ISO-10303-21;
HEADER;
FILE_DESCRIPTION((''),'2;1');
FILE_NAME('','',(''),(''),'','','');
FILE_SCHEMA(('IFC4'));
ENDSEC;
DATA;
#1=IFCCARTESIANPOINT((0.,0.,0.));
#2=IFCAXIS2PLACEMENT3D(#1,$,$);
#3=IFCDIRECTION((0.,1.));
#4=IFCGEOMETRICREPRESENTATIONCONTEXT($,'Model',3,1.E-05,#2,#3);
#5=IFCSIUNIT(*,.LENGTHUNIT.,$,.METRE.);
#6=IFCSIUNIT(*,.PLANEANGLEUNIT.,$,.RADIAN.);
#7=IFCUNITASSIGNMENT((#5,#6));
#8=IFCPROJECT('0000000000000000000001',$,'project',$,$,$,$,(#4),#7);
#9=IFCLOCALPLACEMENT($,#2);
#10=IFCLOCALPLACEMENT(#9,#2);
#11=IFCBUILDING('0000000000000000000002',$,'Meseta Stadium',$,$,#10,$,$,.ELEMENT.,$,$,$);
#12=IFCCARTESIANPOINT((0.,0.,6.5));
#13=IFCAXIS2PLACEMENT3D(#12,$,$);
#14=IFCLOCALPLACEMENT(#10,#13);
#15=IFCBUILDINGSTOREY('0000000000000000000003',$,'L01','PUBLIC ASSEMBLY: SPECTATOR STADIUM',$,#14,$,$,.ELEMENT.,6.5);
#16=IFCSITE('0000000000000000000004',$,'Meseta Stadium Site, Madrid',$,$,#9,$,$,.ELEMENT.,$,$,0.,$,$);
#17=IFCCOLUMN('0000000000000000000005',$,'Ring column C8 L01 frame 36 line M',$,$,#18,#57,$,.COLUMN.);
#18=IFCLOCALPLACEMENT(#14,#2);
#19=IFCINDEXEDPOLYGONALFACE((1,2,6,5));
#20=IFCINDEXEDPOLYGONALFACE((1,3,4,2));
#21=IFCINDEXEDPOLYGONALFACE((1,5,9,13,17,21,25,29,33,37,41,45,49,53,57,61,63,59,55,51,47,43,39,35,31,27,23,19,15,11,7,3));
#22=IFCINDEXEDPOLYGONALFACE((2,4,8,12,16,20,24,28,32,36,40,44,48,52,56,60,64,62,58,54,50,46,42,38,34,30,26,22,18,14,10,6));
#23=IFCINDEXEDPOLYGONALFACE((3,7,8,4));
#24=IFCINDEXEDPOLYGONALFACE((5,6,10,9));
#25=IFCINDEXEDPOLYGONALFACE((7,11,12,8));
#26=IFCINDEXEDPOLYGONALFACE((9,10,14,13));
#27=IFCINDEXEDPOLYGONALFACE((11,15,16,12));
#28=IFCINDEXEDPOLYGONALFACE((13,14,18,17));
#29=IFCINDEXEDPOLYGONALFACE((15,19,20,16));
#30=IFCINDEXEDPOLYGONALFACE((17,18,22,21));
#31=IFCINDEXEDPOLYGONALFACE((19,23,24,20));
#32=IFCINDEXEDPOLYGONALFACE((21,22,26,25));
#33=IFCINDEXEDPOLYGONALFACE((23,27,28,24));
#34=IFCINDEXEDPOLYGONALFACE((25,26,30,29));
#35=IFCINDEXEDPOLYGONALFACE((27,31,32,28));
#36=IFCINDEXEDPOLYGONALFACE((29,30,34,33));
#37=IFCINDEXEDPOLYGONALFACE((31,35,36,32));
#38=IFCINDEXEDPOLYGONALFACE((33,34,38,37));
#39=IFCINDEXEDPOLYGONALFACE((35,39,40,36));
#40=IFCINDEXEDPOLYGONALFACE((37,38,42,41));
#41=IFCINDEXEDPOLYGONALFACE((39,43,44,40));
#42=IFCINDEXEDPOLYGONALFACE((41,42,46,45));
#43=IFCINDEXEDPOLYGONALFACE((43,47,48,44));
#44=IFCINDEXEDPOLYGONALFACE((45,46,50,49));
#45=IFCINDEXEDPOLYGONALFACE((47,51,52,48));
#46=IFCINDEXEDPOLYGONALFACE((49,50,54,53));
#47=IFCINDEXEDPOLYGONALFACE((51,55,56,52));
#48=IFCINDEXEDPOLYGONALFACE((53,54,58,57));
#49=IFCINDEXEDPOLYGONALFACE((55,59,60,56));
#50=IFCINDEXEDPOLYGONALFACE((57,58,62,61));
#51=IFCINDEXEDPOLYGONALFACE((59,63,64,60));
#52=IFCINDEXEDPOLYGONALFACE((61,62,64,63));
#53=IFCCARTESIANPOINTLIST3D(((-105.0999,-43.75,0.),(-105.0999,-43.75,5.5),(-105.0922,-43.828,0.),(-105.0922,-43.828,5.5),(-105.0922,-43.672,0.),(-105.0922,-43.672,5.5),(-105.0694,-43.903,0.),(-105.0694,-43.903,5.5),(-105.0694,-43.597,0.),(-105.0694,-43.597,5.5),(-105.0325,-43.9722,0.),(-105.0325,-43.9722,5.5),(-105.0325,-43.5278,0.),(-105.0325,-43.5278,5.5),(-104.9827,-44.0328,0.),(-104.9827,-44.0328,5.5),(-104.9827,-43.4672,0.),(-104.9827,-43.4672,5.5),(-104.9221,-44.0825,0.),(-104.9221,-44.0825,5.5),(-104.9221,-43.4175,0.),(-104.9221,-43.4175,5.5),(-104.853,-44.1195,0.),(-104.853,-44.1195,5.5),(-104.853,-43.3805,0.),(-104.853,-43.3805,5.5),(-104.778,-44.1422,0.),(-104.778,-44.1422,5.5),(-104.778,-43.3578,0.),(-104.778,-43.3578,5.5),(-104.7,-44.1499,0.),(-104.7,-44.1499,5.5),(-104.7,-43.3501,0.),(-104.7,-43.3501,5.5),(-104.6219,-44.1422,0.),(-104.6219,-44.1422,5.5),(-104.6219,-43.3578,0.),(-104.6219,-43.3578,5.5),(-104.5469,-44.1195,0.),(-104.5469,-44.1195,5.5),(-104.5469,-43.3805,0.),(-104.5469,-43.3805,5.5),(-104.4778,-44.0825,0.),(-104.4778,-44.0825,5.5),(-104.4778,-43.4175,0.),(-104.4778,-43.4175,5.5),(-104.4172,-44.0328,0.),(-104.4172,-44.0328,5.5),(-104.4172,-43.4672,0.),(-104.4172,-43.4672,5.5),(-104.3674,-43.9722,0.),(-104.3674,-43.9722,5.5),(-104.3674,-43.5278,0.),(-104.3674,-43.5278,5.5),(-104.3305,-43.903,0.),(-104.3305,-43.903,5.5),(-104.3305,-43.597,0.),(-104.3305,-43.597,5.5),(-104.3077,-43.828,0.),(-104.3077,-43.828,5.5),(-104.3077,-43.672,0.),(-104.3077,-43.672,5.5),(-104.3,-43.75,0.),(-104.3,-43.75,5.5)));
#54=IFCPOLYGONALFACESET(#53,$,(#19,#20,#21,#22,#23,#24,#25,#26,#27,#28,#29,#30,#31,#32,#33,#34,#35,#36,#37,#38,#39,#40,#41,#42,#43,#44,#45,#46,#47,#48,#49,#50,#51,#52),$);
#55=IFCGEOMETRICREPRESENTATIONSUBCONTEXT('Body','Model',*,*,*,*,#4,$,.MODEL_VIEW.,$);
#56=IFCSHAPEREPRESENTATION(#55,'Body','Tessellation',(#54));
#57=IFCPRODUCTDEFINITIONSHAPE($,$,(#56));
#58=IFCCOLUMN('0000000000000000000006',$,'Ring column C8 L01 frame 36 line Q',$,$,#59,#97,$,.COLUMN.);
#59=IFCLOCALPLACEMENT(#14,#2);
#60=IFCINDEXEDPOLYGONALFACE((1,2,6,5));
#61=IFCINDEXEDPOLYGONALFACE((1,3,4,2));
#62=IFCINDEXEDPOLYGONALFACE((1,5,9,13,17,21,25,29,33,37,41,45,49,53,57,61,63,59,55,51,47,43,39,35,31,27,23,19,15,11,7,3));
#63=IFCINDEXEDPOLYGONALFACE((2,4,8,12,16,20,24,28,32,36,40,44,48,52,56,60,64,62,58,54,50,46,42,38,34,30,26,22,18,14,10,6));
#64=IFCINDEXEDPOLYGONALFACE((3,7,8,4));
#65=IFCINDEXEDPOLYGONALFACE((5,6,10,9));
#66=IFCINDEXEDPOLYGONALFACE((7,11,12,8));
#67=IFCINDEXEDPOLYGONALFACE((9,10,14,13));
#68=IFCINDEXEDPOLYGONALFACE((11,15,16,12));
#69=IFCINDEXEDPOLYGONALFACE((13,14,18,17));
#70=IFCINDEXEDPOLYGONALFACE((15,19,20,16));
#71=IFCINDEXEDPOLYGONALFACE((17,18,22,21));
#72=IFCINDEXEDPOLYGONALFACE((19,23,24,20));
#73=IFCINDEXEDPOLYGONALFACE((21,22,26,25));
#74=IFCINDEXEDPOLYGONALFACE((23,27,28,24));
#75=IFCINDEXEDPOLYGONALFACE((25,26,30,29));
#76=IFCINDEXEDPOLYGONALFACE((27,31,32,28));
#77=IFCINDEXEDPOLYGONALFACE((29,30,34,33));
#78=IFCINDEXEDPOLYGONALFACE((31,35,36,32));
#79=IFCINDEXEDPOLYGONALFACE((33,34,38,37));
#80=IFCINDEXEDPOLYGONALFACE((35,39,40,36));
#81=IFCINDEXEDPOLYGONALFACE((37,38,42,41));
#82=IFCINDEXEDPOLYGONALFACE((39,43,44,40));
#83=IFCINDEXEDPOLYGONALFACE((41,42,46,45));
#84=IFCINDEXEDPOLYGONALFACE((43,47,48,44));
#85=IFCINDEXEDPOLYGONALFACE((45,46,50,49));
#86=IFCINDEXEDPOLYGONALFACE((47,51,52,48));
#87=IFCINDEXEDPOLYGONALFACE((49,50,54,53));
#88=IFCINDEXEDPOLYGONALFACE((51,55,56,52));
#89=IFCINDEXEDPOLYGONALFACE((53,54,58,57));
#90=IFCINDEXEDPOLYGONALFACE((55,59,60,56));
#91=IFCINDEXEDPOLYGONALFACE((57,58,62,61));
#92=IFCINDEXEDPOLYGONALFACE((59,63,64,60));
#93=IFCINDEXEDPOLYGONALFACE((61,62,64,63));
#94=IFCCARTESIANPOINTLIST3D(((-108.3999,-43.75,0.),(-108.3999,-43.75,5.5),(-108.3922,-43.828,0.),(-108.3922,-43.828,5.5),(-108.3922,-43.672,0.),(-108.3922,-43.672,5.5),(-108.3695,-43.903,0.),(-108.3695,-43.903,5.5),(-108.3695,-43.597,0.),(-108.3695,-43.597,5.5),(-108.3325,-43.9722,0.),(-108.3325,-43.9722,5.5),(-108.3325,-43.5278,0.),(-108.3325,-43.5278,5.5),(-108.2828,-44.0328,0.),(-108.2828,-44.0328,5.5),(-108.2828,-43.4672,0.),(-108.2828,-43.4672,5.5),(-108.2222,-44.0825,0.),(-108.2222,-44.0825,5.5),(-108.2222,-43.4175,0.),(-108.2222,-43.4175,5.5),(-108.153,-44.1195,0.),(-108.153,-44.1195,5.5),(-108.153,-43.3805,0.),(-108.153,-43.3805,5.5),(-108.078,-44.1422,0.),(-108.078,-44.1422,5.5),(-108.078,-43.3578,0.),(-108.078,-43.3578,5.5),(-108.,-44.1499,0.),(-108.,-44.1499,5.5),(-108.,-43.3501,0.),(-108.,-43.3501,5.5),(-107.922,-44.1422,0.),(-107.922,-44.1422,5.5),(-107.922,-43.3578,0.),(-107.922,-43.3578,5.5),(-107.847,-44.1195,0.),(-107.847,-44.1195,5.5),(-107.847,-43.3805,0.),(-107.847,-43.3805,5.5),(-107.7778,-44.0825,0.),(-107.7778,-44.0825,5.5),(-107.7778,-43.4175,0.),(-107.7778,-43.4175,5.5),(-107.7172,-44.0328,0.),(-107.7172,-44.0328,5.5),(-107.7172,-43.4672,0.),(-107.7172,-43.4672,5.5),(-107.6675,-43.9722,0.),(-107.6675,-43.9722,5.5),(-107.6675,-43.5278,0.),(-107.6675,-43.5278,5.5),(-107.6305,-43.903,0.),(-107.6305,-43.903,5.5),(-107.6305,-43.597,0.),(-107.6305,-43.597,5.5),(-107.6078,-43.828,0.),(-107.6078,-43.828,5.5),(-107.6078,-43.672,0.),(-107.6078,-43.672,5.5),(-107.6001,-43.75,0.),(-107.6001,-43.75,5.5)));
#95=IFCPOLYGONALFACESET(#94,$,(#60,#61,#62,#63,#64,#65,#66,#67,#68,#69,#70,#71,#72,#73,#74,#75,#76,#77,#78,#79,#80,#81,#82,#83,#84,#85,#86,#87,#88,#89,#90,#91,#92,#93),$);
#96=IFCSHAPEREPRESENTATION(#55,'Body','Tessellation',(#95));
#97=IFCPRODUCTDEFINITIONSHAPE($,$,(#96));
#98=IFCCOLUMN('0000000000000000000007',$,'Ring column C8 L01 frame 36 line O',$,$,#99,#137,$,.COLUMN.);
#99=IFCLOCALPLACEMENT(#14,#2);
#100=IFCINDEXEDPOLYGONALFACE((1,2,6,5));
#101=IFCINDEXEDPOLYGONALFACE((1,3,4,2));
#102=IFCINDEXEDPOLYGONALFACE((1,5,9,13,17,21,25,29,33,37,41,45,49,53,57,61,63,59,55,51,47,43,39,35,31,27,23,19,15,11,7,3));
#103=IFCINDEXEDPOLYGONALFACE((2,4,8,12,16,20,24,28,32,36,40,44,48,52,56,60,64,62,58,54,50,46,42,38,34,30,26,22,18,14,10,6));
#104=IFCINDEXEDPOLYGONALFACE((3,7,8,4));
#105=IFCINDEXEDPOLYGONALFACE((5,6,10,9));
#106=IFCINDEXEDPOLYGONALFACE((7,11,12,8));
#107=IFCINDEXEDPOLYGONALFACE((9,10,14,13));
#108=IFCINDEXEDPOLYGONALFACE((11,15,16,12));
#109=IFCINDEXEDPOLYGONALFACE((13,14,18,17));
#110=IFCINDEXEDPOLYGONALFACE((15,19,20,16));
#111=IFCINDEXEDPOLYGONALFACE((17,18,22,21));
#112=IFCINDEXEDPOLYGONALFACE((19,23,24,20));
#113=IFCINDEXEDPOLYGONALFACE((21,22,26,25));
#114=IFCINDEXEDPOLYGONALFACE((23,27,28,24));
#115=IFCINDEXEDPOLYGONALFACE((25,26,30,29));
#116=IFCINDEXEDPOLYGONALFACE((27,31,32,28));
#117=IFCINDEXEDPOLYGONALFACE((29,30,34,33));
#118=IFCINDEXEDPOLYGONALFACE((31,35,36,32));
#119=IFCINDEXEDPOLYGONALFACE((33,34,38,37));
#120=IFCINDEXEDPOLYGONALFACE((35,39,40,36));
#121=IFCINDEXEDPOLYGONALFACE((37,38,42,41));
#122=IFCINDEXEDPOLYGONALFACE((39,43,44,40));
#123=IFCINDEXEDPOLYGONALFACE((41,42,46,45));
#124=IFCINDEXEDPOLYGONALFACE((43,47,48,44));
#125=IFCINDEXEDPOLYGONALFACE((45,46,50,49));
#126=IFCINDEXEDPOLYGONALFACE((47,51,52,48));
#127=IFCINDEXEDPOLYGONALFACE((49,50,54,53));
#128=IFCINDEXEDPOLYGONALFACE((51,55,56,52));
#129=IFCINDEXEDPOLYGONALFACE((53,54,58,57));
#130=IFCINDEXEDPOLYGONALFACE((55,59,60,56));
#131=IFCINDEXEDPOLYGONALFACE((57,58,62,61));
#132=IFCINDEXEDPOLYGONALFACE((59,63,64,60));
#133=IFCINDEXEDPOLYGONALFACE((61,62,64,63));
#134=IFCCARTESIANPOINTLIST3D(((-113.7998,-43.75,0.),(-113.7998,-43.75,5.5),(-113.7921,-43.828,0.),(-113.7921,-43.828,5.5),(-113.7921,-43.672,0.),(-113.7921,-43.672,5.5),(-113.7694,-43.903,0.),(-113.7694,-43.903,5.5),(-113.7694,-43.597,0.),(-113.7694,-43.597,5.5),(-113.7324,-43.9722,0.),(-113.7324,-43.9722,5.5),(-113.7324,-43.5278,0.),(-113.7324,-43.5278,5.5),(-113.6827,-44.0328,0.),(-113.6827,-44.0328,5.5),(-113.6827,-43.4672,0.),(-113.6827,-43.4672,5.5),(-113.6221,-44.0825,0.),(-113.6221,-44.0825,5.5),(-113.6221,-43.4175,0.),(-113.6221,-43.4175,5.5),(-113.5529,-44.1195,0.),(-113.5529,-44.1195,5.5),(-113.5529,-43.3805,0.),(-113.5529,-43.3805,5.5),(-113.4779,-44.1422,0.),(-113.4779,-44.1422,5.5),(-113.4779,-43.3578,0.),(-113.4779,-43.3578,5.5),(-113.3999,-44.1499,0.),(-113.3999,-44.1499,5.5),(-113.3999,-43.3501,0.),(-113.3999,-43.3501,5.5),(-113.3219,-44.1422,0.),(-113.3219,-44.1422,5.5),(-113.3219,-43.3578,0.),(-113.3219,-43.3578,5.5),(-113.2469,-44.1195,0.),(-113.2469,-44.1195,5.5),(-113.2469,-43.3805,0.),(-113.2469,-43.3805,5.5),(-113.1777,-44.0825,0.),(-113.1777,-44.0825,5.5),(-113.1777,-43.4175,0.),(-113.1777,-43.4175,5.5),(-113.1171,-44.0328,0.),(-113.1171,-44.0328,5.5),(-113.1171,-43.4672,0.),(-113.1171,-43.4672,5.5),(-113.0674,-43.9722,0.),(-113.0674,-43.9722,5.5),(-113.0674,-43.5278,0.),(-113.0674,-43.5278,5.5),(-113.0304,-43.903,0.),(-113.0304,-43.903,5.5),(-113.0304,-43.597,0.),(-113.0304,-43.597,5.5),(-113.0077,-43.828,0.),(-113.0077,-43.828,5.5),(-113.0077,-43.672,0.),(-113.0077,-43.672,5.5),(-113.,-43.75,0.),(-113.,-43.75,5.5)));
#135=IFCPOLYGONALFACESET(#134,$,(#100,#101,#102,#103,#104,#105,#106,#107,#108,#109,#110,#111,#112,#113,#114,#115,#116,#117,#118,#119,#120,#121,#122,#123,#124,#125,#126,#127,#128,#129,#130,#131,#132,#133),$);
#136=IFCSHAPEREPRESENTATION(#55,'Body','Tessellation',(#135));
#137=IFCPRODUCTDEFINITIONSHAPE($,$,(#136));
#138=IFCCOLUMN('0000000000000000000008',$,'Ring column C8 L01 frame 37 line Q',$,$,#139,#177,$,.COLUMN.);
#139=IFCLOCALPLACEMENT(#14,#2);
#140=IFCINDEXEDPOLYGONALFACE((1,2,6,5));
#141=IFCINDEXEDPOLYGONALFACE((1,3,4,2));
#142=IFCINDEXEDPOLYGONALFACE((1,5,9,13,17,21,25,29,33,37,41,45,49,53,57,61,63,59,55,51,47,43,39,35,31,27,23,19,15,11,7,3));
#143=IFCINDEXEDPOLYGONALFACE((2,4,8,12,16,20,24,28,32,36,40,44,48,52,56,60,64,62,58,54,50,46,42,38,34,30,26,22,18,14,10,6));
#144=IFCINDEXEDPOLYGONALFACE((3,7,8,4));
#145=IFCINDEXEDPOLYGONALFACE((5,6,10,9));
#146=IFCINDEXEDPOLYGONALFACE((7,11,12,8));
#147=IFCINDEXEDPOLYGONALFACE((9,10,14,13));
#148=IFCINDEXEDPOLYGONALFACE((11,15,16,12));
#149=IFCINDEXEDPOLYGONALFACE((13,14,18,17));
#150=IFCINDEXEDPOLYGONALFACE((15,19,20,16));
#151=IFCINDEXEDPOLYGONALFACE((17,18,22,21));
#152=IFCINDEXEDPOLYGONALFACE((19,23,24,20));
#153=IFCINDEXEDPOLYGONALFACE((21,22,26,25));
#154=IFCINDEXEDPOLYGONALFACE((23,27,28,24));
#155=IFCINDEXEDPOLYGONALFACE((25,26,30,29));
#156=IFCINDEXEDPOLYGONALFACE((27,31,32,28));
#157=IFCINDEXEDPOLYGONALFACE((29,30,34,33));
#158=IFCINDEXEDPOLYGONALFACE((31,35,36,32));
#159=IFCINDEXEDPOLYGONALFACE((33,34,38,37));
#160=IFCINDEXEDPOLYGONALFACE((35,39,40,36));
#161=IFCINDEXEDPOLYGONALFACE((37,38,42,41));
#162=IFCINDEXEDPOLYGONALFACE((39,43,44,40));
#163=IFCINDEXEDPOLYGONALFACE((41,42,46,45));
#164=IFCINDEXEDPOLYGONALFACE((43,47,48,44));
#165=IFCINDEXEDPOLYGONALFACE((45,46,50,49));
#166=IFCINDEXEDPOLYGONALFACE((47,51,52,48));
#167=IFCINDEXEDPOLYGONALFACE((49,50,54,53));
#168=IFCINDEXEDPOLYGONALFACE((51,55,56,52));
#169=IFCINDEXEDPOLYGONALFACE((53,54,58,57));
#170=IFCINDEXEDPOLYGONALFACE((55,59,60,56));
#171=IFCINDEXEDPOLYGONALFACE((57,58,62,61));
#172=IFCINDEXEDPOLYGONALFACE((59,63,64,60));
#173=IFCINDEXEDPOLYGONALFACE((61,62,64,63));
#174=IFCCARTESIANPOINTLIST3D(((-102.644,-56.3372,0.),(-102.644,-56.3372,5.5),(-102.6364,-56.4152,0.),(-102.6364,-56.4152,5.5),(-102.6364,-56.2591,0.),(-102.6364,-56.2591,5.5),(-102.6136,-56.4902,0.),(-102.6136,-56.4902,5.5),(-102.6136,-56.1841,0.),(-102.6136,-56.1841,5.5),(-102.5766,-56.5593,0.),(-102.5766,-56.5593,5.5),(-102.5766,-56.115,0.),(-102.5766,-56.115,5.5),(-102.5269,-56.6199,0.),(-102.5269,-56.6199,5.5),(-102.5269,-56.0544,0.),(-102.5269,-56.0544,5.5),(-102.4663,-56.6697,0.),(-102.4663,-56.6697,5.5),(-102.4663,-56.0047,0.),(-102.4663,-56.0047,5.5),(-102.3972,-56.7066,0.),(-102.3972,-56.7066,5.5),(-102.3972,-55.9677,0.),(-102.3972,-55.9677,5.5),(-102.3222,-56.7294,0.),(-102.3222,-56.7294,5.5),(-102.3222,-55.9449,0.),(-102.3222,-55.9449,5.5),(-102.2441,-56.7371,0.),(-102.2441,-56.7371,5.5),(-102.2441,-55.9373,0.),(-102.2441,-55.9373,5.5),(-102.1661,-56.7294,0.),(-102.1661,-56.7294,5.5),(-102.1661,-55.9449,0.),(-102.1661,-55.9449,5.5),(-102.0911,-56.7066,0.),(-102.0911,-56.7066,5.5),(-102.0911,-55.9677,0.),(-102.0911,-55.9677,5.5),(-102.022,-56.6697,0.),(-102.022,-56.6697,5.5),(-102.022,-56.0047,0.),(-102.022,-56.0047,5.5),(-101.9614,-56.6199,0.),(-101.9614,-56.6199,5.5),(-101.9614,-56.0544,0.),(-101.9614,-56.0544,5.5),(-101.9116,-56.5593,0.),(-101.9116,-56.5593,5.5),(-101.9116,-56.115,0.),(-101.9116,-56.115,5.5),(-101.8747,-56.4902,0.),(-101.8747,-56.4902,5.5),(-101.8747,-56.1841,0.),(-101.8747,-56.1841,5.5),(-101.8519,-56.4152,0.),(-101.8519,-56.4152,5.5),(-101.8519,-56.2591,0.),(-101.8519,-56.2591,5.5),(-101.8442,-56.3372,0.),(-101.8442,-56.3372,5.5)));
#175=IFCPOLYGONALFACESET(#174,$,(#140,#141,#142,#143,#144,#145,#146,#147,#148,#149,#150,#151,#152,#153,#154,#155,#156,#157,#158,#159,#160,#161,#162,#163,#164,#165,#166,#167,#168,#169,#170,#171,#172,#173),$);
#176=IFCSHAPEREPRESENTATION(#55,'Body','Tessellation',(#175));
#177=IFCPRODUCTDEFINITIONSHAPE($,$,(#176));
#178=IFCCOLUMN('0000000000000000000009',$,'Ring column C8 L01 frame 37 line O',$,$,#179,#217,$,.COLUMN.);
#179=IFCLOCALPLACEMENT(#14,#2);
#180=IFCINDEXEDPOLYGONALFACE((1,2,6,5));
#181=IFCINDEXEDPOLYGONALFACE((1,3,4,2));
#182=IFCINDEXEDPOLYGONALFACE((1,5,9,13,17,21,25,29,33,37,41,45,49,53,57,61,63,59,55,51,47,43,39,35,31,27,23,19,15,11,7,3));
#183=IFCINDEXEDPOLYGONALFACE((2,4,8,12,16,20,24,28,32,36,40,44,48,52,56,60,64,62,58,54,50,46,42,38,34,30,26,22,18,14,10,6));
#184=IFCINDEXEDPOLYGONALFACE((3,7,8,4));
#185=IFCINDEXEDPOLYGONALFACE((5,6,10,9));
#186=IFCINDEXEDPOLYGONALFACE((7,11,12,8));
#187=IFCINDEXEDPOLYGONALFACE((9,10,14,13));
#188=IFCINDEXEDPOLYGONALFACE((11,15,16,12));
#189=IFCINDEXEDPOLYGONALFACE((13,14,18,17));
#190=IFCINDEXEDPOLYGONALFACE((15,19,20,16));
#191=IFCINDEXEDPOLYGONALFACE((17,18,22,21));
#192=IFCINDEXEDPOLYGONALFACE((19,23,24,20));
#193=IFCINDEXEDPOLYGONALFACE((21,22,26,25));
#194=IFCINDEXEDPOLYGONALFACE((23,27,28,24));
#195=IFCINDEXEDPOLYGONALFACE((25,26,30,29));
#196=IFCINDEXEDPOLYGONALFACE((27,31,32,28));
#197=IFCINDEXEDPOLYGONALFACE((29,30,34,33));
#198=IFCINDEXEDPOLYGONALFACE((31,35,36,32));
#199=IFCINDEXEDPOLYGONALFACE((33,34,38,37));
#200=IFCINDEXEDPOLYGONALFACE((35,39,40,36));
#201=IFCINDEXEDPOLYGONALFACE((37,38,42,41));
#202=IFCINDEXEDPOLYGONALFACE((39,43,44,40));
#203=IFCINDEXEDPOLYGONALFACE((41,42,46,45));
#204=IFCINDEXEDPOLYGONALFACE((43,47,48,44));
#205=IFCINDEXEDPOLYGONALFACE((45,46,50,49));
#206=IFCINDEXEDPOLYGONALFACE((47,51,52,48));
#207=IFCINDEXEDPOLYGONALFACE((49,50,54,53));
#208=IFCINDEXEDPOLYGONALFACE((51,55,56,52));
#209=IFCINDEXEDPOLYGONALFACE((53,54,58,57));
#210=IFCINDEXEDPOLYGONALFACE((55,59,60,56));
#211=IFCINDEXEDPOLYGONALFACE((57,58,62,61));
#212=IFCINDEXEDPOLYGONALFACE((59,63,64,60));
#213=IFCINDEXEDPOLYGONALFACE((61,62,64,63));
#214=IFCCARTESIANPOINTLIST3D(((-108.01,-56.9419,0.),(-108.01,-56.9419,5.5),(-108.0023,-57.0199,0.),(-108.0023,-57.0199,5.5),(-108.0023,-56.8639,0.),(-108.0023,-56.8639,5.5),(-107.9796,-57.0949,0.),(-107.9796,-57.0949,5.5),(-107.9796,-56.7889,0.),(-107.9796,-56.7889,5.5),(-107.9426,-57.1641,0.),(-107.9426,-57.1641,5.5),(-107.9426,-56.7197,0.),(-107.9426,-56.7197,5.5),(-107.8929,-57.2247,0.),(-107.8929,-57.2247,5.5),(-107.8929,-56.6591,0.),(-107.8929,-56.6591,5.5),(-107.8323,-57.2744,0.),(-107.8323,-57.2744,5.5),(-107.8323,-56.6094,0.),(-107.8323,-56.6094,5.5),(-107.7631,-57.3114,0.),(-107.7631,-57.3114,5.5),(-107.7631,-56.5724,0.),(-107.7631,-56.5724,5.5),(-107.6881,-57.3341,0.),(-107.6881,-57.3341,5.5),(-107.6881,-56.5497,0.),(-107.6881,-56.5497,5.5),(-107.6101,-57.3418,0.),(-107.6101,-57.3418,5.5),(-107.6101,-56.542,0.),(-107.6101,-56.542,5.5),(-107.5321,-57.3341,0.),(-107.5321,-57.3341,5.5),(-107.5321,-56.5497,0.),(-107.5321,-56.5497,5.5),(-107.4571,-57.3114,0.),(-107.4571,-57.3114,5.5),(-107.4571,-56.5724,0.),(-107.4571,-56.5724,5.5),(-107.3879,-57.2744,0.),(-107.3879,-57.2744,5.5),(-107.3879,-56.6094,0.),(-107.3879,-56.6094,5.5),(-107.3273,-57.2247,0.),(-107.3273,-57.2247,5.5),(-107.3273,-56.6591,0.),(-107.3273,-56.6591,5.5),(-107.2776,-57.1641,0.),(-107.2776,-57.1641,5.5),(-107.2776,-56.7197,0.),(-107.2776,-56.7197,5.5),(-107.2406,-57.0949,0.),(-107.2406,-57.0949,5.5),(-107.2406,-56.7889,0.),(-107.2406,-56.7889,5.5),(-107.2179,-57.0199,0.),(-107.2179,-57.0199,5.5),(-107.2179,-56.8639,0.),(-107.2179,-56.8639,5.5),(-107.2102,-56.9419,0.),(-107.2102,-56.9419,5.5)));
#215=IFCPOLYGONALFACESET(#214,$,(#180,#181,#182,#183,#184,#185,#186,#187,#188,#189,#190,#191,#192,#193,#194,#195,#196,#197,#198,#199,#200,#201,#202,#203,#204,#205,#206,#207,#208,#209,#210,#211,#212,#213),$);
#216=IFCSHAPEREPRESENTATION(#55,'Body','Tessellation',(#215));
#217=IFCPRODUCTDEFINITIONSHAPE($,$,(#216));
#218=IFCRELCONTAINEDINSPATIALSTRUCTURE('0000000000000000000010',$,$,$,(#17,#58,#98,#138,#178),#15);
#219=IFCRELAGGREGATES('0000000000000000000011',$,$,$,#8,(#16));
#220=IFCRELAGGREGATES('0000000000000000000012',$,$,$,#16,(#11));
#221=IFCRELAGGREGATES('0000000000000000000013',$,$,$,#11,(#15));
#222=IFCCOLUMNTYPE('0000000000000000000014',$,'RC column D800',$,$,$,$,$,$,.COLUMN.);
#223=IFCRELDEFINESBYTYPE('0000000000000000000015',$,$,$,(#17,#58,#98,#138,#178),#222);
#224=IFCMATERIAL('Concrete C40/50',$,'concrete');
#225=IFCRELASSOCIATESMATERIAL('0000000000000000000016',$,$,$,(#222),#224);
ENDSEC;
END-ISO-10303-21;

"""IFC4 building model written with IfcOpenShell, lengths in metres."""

from ifc_helpers import new_model, si_unit, direction, frame, origin, origin_2d, place, context, subcontext, project, spatial, circle, extrude, material, material_profile, profile_set, type_object, element, save


model = new_model("IFC4")

# Units and contexts
model_context = context("Model", 3, precision=1e-05, world=origin(), true_north=direction((0.0, 1.0)))
body_context = subcontext(model_context, "Body", "Model", "MODEL_VIEW")
ifc_project = project(units=[si_unit("LENGTHUNIT", "METRE"), si_unit("PLANEANGLEUNIT", "RADIAN")], contexts=[model_context])

# Site, building, storey
site_placement = place(None, origin())
site = spatial("IfcSite", under=ifc_project, at=site_placement, Name="Meseta Stadium Site, Madrid", CompositionType="ELEMENT", RefElevation=0.0)
building_placement = place(site_placement, origin())
building = spatial("IfcBuilding", under=site, at=building_placement, Name="Meseta Stadium", CompositionType="ELEMENT")
storey_placement = place(building_placement, frame((0.0, 0.0, 6.5)))
storey = spatial("IfcBuildingStorey", under=building, at=storey_placement, Name="L01", Description="PUBLIC ASSEMBLY: SPECTATOR STADIUM", CompositionType="ELEMENT", Elevation=6.5)

# Columns
ifc_material_1 = material(Name="Concrete C40/50", Category="concrete")
ifc_material_profile_1 = material_profile(ifc_material_1, circle(Radius=0.3999, at=origin_2d()), Name="RC D800")
ifc_profile_set_1 = profile_set([ifc_material_profile_1], Name="Concrete C40/50")
column_type = type_object("IfcColumnType", Name="RC column D800", PredefinedType="COLUMN", material=ifc_profile_set_1)
for number, where, z_axis, x_axis, name in (
    (1, (-104.7, -43.75, 0.0), (0.0, 0.0, 1.0), (1.0, 0.0, 0.0), "Ring column C8 L01 frame 36 line M"),
    (2, (-108.0, -43.75, 0.0), (0.0, 0.0, 1.0), (1.0, 0.0, 0.0), "Ring column C8 L01 frame 36 line Q"),
    (3, (-113.3999, -43.75, 0.0), (0.0, 0.0, 1.0), (1.0, 0.0, 0.0), "Ring column C8 L01 frame 36 line O"),
    (4, (-102.2441, -56.3372, 0.0), (0.0, 0.0, 1.0), (1.0, 0.0, 0.0), "Ring column C8 L01 frame 37 line Q"),
    (5, (-107.6101, -56.9419, 0.0), (0.0, 0.0, 1.0), (1.0, 0.0, 0.0), "Ring column C8 L01 frame 37 line O"),
):
    element("IfcColumn", number, at=place(storey_placement, frame(where, z_axis=z_axis, x_axis=x_axis)), inside=storey, type_object=column_type, Name=name, PredefinedType="COLUMN", context=body_context, shape_type="SweptSolid", body=[
        extrude(circle(Radius=0.3999, at=origin_2d()), origin(), (0.0, 0.0, 1.0), 5.5),
    ])

save(model, "model.ifc")
